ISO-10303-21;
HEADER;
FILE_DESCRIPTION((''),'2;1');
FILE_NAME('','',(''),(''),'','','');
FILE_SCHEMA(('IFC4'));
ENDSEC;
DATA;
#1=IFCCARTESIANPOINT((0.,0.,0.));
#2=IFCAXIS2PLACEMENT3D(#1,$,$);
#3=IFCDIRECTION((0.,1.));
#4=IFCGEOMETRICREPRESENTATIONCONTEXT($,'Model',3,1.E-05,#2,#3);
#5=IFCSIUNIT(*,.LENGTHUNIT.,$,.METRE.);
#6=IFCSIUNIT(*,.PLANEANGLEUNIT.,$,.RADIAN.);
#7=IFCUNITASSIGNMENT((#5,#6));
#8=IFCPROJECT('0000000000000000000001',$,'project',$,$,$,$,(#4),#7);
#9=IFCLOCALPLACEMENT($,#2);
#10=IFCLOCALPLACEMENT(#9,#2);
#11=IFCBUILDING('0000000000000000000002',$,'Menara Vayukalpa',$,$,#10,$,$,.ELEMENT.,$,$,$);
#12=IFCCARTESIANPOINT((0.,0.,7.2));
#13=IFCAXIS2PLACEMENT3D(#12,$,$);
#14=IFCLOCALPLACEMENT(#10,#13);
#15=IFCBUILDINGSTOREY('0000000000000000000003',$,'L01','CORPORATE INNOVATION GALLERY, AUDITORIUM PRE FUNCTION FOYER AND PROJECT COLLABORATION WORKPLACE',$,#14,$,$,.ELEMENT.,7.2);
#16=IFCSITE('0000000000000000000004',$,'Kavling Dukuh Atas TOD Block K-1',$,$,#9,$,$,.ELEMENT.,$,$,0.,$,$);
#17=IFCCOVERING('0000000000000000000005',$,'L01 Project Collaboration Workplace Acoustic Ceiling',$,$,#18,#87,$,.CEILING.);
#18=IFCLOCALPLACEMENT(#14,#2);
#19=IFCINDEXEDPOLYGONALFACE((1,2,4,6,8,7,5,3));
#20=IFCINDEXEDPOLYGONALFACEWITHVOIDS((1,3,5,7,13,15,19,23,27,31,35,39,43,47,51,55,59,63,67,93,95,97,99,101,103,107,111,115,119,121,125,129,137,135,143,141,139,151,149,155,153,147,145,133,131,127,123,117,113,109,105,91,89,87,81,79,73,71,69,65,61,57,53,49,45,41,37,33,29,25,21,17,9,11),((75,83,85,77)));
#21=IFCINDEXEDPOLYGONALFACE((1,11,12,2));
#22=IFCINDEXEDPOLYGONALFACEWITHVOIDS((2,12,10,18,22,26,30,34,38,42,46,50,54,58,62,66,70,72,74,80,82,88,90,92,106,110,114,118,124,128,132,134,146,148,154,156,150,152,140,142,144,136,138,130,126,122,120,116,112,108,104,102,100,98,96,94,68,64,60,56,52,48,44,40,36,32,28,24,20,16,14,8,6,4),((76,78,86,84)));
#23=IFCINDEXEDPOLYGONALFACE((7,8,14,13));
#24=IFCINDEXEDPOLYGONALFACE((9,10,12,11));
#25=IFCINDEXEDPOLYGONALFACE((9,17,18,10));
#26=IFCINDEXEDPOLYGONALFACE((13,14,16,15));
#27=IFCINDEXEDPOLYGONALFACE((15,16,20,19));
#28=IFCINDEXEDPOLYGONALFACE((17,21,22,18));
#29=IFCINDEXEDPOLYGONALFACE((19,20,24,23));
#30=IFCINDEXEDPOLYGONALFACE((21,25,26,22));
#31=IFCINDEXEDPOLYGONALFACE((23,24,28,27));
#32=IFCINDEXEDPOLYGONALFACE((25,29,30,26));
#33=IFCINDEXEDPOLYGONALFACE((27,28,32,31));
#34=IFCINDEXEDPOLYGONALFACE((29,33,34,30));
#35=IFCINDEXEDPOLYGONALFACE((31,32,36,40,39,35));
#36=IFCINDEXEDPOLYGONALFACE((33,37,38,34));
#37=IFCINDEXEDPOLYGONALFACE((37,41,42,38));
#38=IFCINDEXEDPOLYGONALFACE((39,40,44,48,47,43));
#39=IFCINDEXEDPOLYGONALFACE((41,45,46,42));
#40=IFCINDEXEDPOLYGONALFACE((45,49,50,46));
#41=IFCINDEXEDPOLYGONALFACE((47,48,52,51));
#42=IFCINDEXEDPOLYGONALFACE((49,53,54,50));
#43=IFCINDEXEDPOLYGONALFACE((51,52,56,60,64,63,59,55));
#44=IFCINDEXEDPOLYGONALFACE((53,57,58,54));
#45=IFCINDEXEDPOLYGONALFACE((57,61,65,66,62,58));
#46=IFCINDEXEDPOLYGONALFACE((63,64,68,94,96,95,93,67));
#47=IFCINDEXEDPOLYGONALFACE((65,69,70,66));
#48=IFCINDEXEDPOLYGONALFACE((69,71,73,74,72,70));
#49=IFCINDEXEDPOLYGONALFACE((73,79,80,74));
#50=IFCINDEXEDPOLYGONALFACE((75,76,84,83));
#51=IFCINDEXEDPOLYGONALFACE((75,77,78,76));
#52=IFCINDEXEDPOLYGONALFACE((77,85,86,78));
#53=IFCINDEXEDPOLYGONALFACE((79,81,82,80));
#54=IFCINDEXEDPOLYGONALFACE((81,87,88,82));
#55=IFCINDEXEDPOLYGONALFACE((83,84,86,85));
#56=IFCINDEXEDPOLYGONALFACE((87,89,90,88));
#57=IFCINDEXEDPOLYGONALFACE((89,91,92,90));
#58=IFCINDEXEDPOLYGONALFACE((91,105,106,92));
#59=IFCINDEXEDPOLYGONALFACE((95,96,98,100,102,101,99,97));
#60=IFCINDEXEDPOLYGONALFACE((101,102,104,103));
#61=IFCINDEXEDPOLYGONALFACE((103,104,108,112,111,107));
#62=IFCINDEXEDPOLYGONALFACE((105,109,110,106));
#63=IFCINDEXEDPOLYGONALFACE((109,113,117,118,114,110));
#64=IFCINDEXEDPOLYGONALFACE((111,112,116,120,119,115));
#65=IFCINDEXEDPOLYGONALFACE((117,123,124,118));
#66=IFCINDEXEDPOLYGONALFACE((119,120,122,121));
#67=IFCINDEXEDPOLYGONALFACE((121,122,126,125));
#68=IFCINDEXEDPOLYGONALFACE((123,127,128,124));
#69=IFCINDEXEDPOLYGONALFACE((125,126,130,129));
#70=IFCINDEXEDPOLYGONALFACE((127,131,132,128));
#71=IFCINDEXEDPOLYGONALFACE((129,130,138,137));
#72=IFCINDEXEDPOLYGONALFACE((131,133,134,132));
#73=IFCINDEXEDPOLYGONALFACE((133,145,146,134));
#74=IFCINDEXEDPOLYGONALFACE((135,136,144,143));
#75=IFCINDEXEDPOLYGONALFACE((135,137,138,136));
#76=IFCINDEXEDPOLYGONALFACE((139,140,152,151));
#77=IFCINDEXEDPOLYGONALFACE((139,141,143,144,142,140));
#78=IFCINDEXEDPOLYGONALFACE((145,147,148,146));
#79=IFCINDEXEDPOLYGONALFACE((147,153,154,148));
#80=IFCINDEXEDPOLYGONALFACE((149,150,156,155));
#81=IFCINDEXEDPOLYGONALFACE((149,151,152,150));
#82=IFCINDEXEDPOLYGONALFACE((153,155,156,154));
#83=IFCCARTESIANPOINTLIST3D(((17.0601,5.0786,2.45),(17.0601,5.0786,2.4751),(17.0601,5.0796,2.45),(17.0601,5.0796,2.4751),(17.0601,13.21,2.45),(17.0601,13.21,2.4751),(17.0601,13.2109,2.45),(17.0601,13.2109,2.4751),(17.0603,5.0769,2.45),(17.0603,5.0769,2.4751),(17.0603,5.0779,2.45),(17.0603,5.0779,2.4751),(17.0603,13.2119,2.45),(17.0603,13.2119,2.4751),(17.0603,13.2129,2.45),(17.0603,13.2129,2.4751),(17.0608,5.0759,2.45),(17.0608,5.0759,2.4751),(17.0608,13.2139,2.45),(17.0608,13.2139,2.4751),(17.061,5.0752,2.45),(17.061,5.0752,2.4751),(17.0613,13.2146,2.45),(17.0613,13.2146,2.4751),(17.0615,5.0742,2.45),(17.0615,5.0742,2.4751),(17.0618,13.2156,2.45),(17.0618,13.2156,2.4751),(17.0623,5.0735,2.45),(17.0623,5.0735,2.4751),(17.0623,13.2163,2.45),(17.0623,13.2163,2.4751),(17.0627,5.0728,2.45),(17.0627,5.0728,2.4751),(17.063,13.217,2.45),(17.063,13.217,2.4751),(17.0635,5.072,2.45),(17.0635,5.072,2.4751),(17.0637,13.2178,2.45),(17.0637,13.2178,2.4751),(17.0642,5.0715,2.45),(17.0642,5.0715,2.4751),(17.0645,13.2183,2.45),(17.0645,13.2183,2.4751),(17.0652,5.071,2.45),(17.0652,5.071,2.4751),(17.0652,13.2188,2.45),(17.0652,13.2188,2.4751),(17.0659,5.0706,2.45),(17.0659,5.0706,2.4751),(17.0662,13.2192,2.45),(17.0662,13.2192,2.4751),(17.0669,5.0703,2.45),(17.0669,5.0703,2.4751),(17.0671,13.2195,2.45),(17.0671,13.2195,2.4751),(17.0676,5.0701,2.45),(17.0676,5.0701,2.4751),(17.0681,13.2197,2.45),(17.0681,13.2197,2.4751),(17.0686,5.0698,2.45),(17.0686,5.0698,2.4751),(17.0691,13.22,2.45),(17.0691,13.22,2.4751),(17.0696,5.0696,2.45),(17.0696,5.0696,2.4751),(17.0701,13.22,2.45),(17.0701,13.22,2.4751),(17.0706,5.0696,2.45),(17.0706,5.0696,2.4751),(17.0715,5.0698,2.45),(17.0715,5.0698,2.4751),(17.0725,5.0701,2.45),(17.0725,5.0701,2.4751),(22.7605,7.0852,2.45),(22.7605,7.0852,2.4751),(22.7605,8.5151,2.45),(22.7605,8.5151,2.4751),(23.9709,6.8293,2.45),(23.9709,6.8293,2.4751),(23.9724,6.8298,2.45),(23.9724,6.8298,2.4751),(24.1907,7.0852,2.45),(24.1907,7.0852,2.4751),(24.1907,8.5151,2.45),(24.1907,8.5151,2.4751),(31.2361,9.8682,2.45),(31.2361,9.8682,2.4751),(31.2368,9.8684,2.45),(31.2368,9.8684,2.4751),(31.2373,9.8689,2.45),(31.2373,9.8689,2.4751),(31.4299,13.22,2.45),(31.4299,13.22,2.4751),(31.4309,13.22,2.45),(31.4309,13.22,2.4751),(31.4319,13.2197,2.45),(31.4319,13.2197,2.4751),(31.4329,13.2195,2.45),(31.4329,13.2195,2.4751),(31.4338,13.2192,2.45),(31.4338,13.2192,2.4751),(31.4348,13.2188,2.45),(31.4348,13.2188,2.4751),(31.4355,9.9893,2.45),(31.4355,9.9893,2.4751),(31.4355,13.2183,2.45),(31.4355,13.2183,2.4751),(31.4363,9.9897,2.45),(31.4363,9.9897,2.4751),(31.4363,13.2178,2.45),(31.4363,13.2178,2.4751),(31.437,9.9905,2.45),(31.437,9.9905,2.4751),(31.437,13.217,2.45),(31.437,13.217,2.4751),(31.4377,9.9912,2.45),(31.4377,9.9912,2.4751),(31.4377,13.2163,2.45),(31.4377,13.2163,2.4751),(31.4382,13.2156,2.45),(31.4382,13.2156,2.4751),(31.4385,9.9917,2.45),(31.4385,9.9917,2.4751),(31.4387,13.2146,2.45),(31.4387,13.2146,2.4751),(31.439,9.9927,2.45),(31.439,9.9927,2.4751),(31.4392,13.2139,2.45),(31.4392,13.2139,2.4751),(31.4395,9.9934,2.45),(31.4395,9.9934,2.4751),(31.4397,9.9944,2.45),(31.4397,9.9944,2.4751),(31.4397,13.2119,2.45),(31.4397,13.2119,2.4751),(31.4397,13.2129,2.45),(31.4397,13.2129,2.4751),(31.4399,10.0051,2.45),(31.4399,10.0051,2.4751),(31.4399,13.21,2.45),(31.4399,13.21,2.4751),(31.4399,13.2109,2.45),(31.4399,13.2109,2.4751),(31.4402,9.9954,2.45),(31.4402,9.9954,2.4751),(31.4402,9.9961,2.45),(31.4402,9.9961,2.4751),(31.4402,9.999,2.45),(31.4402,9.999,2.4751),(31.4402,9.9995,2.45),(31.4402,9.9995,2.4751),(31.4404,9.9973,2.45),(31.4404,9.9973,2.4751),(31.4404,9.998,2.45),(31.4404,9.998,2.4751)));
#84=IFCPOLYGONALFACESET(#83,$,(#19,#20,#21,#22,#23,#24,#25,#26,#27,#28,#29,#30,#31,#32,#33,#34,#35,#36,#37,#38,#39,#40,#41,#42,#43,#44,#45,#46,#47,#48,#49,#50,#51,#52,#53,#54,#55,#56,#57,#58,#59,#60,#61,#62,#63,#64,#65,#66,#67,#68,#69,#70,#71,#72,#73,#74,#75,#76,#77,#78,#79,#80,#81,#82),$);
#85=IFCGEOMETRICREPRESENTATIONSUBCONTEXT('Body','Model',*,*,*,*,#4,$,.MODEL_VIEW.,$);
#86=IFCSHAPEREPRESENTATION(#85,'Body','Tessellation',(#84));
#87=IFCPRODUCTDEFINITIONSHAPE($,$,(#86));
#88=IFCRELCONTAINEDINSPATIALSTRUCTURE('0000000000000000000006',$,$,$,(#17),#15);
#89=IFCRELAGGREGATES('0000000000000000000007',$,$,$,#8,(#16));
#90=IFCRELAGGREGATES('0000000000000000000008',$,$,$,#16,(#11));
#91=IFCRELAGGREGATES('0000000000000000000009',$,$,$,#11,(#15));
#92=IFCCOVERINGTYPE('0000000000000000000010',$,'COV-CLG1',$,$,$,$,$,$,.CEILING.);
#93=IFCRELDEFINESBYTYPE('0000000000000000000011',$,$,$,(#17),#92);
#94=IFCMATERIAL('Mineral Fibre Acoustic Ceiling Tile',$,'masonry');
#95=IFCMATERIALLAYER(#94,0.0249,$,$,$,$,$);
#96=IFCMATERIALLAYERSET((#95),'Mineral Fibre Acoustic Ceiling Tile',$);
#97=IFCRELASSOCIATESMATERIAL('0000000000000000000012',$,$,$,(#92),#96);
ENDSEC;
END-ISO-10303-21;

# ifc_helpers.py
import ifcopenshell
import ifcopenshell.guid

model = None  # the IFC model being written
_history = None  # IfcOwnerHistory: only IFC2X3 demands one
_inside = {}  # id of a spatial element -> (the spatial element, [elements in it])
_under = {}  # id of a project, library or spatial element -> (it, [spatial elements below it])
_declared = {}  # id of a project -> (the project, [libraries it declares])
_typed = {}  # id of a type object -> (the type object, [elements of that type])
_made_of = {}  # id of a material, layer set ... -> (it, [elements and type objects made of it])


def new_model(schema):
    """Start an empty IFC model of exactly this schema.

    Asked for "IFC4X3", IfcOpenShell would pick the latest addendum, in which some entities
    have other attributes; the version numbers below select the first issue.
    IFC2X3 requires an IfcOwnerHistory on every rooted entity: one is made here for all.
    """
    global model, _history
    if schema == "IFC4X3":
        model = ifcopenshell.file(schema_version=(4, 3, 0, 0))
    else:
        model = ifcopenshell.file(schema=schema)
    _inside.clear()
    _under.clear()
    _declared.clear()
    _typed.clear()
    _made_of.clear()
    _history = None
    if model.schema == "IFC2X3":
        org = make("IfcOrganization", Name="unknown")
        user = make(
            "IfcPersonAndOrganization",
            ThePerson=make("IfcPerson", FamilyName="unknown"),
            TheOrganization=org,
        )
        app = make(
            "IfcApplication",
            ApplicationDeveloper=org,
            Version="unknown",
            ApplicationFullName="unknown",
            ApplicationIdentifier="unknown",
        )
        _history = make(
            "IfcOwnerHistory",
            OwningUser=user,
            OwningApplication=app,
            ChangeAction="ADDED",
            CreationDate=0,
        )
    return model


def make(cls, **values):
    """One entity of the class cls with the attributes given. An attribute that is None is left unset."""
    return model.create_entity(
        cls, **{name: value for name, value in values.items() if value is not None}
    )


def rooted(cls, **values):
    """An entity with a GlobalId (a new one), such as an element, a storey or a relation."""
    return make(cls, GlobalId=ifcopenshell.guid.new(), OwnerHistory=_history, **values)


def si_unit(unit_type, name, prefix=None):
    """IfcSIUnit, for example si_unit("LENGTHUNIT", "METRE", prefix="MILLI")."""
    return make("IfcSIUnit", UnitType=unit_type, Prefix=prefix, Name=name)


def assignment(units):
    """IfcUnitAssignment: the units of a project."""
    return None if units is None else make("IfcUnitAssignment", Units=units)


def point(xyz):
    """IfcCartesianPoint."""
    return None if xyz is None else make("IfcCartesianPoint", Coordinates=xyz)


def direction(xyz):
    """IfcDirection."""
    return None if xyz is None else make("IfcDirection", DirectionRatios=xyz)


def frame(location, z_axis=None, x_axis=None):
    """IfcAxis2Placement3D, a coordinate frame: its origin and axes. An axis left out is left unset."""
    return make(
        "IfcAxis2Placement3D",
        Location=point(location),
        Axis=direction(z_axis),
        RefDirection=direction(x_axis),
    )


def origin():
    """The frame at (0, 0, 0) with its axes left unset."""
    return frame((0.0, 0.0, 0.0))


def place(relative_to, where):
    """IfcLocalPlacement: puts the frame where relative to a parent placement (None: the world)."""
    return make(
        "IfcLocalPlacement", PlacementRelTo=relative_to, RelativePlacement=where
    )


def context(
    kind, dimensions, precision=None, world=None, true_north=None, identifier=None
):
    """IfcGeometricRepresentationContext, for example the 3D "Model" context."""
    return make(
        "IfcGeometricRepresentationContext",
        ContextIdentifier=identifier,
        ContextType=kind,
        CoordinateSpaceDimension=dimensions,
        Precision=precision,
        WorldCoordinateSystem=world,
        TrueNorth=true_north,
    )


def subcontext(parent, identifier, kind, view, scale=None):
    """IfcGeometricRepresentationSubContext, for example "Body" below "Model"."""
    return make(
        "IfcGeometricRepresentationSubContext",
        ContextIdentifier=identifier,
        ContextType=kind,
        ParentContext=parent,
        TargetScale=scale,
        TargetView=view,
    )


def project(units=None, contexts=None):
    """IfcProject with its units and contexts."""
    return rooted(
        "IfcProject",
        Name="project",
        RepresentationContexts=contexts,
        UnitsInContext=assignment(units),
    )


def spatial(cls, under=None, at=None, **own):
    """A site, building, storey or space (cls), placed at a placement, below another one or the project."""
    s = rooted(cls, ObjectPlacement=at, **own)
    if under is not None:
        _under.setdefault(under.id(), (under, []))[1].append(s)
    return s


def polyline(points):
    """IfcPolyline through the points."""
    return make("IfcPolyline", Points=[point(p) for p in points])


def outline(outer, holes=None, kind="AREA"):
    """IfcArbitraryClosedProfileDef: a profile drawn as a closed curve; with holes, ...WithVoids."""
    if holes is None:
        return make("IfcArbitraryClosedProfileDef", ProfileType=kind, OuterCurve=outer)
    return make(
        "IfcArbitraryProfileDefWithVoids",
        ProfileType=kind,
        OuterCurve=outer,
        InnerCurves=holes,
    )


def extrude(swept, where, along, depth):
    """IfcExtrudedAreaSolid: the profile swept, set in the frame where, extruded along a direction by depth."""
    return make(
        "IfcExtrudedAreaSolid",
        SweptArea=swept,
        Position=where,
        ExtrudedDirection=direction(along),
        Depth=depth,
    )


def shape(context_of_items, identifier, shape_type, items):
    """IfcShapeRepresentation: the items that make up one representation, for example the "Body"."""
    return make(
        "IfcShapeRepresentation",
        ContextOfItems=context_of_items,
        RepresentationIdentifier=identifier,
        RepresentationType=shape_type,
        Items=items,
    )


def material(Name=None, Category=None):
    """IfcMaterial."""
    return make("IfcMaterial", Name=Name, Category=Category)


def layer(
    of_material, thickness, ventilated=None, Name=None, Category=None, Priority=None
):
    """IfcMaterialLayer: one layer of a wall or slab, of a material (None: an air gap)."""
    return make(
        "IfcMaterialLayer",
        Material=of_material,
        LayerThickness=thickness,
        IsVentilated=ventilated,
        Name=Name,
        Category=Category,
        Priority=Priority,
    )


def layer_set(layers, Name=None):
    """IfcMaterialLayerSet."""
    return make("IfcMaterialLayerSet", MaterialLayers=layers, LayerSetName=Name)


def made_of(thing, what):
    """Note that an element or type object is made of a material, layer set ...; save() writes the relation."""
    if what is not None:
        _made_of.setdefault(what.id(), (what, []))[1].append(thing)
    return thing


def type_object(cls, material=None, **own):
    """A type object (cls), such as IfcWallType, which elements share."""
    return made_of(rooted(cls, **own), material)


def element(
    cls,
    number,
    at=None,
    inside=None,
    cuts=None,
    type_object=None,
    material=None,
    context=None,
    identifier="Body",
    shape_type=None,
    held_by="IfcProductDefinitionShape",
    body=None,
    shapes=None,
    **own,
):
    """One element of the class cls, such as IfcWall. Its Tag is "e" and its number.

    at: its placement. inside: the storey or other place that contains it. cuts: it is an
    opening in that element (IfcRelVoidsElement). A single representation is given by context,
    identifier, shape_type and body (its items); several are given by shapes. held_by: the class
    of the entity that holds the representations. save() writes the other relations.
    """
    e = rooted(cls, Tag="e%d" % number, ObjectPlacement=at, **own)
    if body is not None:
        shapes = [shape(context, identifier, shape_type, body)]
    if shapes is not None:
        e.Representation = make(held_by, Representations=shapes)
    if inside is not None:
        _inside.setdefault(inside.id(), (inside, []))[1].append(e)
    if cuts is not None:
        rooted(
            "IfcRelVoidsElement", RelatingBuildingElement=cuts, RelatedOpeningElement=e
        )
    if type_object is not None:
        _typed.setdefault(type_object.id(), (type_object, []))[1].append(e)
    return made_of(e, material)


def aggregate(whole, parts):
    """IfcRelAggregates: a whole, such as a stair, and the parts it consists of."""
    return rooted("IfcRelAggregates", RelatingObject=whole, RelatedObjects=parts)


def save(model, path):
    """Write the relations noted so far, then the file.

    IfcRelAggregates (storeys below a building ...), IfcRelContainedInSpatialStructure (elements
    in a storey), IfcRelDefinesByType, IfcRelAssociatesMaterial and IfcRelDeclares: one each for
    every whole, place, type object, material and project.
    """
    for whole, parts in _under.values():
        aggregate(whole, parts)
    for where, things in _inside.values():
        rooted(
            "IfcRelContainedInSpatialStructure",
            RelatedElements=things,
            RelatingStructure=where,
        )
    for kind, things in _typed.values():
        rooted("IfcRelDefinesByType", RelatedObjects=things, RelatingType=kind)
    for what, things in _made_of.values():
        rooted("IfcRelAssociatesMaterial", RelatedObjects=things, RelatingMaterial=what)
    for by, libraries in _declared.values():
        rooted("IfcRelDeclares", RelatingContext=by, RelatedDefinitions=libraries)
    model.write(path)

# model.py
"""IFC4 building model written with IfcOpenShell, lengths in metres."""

from ifc_helpers import new_model, si_unit, direction, frame, origin, place, context, subcontext, project, spatial, polyline, outline, extrude, material, layer, layer_set, type_object, element, save


model = new_model("IFC4")

# Units and contexts
model_context = context("Model", 3, precision=1e-05, world=origin(), true_north=direction((0.0, 1.0)))
body_context = subcontext(model_context, "Body", "Model", "MODEL_VIEW")
ifc_project = project(units=[si_unit("LENGTHUNIT", "METRE"), si_unit("PLANEANGLEUNIT", "RADIAN")], contexts=[model_context])

# Site, building, storey
site_placement = place(None, origin())
site = spatial("IfcSite", under=ifc_project, at=site_placement, Name="Kavling Dukuh Atas TOD Block K-1", CompositionType="ELEMENT", RefElevation=0.0)
building_placement = place(site_placement, origin())
building = spatial("IfcBuilding", under=site, at=building_placement, Name="Menara Vayukalpa", CompositionType="ELEMENT")
storey_placement = place(building_placement, frame((0.0, 0.0, 7.2)))
storey = spatial("IfcBuildingStorey", under=building, at=storey_placement, Name="L01", Description="CORPORATE INNOVATION GALLERY, AUDITORIUM PRE FUNCTION FOYER AND PROJECT COLLABORATION WORKPLACE", CompositionType="ELEMENT", Elevation=7.2)

# Covering
ifc_material_1 = material(Name="Mineral Fibre Acoustic Ceiling Tile", Category="masonry")
ifc_layer_1 = layer(ifc_material_1, 0.0249)
ifc_layer_set_1 = layer_set([ifc_layer_1], Name="Mineral Fibre Acoustic Ceiling Tile")
covering_type_1 = type_object("IfcCoveringType", Name="COV-CLG1", PredefinedType="CEILING", material=ifc_layer_set_1)
covering_1_placement = place(storey_placement, frame((0.0, 0.0, 2.45)))
element("IfcCovering", 1, at=covering_1_placement, inside=storey, type_object=covering_type_1, Name="L01 Project Collaboration Workplace Acoustic Ceiling", PredefinedType="CEILING", context=body_context, shape_type="SweptSolid", body=[
    extrude(outline(polyline([(31.2361, 9.8682), (23.9724, 6.8298), (23.9709, 6.8293), (17.0725, 5.0701), (17.0715, 5.0698), (17.0706, 5.0696), (17.0696, 5.0696), (17.0686, 5.0698), (17.0676, 5.0701), (17.0669, 5.0703), (17.0659, 5.0706), (17.0652, 5.071), (17.0642, 5.0715), (17.0635, 5.072), (17.0627, 5.0728), (17.0623, 5.0735), (17.0615, 5.0742), (17.061, 5.0752), (17.0608, 5.0759), (17.0603, 5.0769), (17.0603, 5.0779), (17.0601, 5.0786), (17.0601, 5.0796), (17.0601, 13.21), (17.0601, 13.2109), (17.0603, 13.2119), (17.0603, 13.2129), (17.0608, 13.2139), (17.0613, 13.2146), (17.0618, 13.2156), (17.0623, 13.2163), (17.063, 13.217), (17.0637, 13.2178), (17.0645, 13.2183), (17.0652, 13.2188), (17.0662, 13.2192), (17.0671, 13.2195), (17.0681, 13.2197), (17.0691, 13.22), (17.0701, 13.22), (31.4299, 13.22), (31.4309, 13.22), (31.4319, 13.2197), (31.4329, 13.2195), (31.4338, 13.2192), (31.4348, 13.2188), (31.4355, 13.2183), (31.4363, 13.2178), (31.437, 13.217), (31.4377, 13.2163), (31.4382, 13.2156), (31.4387, 13.2146), (31.4392, 13.2139), (31.4397, 13.2129), (31.4397, 13.2119), (31.4399, 13.2109), (31.4399, 13.21), (31.4399, 10.0051), (31.4402, 9.9995), (31.4402, 9.999), (31.4404, 9.998), (31.4404, 9.9973), (31.4402, 9.9961), (31.4402, 9.9954), (31.4397, 9.9944), (31.4395, 9.9934), (31.439, 9.9927), (31.4385, 9.9917), (31.4377, 9.9912), (31.437, 9.9905), (31.4363, 9.9897), (31.4355, 9.9893), (31.2373, 9.8689), (31.2368, 9.8684), (31.2361, 9.8682)]), holes=[polyline([(24.1907, 8.5151), (22.7605, 8.5151), (22.7605, 7.0852), (24.1907, 7.0852), (24.1907, 8.5151)])]), origin(), (0.0, 0.0, 1.0), 0.0251),
])

save(model, "model.ifc")
